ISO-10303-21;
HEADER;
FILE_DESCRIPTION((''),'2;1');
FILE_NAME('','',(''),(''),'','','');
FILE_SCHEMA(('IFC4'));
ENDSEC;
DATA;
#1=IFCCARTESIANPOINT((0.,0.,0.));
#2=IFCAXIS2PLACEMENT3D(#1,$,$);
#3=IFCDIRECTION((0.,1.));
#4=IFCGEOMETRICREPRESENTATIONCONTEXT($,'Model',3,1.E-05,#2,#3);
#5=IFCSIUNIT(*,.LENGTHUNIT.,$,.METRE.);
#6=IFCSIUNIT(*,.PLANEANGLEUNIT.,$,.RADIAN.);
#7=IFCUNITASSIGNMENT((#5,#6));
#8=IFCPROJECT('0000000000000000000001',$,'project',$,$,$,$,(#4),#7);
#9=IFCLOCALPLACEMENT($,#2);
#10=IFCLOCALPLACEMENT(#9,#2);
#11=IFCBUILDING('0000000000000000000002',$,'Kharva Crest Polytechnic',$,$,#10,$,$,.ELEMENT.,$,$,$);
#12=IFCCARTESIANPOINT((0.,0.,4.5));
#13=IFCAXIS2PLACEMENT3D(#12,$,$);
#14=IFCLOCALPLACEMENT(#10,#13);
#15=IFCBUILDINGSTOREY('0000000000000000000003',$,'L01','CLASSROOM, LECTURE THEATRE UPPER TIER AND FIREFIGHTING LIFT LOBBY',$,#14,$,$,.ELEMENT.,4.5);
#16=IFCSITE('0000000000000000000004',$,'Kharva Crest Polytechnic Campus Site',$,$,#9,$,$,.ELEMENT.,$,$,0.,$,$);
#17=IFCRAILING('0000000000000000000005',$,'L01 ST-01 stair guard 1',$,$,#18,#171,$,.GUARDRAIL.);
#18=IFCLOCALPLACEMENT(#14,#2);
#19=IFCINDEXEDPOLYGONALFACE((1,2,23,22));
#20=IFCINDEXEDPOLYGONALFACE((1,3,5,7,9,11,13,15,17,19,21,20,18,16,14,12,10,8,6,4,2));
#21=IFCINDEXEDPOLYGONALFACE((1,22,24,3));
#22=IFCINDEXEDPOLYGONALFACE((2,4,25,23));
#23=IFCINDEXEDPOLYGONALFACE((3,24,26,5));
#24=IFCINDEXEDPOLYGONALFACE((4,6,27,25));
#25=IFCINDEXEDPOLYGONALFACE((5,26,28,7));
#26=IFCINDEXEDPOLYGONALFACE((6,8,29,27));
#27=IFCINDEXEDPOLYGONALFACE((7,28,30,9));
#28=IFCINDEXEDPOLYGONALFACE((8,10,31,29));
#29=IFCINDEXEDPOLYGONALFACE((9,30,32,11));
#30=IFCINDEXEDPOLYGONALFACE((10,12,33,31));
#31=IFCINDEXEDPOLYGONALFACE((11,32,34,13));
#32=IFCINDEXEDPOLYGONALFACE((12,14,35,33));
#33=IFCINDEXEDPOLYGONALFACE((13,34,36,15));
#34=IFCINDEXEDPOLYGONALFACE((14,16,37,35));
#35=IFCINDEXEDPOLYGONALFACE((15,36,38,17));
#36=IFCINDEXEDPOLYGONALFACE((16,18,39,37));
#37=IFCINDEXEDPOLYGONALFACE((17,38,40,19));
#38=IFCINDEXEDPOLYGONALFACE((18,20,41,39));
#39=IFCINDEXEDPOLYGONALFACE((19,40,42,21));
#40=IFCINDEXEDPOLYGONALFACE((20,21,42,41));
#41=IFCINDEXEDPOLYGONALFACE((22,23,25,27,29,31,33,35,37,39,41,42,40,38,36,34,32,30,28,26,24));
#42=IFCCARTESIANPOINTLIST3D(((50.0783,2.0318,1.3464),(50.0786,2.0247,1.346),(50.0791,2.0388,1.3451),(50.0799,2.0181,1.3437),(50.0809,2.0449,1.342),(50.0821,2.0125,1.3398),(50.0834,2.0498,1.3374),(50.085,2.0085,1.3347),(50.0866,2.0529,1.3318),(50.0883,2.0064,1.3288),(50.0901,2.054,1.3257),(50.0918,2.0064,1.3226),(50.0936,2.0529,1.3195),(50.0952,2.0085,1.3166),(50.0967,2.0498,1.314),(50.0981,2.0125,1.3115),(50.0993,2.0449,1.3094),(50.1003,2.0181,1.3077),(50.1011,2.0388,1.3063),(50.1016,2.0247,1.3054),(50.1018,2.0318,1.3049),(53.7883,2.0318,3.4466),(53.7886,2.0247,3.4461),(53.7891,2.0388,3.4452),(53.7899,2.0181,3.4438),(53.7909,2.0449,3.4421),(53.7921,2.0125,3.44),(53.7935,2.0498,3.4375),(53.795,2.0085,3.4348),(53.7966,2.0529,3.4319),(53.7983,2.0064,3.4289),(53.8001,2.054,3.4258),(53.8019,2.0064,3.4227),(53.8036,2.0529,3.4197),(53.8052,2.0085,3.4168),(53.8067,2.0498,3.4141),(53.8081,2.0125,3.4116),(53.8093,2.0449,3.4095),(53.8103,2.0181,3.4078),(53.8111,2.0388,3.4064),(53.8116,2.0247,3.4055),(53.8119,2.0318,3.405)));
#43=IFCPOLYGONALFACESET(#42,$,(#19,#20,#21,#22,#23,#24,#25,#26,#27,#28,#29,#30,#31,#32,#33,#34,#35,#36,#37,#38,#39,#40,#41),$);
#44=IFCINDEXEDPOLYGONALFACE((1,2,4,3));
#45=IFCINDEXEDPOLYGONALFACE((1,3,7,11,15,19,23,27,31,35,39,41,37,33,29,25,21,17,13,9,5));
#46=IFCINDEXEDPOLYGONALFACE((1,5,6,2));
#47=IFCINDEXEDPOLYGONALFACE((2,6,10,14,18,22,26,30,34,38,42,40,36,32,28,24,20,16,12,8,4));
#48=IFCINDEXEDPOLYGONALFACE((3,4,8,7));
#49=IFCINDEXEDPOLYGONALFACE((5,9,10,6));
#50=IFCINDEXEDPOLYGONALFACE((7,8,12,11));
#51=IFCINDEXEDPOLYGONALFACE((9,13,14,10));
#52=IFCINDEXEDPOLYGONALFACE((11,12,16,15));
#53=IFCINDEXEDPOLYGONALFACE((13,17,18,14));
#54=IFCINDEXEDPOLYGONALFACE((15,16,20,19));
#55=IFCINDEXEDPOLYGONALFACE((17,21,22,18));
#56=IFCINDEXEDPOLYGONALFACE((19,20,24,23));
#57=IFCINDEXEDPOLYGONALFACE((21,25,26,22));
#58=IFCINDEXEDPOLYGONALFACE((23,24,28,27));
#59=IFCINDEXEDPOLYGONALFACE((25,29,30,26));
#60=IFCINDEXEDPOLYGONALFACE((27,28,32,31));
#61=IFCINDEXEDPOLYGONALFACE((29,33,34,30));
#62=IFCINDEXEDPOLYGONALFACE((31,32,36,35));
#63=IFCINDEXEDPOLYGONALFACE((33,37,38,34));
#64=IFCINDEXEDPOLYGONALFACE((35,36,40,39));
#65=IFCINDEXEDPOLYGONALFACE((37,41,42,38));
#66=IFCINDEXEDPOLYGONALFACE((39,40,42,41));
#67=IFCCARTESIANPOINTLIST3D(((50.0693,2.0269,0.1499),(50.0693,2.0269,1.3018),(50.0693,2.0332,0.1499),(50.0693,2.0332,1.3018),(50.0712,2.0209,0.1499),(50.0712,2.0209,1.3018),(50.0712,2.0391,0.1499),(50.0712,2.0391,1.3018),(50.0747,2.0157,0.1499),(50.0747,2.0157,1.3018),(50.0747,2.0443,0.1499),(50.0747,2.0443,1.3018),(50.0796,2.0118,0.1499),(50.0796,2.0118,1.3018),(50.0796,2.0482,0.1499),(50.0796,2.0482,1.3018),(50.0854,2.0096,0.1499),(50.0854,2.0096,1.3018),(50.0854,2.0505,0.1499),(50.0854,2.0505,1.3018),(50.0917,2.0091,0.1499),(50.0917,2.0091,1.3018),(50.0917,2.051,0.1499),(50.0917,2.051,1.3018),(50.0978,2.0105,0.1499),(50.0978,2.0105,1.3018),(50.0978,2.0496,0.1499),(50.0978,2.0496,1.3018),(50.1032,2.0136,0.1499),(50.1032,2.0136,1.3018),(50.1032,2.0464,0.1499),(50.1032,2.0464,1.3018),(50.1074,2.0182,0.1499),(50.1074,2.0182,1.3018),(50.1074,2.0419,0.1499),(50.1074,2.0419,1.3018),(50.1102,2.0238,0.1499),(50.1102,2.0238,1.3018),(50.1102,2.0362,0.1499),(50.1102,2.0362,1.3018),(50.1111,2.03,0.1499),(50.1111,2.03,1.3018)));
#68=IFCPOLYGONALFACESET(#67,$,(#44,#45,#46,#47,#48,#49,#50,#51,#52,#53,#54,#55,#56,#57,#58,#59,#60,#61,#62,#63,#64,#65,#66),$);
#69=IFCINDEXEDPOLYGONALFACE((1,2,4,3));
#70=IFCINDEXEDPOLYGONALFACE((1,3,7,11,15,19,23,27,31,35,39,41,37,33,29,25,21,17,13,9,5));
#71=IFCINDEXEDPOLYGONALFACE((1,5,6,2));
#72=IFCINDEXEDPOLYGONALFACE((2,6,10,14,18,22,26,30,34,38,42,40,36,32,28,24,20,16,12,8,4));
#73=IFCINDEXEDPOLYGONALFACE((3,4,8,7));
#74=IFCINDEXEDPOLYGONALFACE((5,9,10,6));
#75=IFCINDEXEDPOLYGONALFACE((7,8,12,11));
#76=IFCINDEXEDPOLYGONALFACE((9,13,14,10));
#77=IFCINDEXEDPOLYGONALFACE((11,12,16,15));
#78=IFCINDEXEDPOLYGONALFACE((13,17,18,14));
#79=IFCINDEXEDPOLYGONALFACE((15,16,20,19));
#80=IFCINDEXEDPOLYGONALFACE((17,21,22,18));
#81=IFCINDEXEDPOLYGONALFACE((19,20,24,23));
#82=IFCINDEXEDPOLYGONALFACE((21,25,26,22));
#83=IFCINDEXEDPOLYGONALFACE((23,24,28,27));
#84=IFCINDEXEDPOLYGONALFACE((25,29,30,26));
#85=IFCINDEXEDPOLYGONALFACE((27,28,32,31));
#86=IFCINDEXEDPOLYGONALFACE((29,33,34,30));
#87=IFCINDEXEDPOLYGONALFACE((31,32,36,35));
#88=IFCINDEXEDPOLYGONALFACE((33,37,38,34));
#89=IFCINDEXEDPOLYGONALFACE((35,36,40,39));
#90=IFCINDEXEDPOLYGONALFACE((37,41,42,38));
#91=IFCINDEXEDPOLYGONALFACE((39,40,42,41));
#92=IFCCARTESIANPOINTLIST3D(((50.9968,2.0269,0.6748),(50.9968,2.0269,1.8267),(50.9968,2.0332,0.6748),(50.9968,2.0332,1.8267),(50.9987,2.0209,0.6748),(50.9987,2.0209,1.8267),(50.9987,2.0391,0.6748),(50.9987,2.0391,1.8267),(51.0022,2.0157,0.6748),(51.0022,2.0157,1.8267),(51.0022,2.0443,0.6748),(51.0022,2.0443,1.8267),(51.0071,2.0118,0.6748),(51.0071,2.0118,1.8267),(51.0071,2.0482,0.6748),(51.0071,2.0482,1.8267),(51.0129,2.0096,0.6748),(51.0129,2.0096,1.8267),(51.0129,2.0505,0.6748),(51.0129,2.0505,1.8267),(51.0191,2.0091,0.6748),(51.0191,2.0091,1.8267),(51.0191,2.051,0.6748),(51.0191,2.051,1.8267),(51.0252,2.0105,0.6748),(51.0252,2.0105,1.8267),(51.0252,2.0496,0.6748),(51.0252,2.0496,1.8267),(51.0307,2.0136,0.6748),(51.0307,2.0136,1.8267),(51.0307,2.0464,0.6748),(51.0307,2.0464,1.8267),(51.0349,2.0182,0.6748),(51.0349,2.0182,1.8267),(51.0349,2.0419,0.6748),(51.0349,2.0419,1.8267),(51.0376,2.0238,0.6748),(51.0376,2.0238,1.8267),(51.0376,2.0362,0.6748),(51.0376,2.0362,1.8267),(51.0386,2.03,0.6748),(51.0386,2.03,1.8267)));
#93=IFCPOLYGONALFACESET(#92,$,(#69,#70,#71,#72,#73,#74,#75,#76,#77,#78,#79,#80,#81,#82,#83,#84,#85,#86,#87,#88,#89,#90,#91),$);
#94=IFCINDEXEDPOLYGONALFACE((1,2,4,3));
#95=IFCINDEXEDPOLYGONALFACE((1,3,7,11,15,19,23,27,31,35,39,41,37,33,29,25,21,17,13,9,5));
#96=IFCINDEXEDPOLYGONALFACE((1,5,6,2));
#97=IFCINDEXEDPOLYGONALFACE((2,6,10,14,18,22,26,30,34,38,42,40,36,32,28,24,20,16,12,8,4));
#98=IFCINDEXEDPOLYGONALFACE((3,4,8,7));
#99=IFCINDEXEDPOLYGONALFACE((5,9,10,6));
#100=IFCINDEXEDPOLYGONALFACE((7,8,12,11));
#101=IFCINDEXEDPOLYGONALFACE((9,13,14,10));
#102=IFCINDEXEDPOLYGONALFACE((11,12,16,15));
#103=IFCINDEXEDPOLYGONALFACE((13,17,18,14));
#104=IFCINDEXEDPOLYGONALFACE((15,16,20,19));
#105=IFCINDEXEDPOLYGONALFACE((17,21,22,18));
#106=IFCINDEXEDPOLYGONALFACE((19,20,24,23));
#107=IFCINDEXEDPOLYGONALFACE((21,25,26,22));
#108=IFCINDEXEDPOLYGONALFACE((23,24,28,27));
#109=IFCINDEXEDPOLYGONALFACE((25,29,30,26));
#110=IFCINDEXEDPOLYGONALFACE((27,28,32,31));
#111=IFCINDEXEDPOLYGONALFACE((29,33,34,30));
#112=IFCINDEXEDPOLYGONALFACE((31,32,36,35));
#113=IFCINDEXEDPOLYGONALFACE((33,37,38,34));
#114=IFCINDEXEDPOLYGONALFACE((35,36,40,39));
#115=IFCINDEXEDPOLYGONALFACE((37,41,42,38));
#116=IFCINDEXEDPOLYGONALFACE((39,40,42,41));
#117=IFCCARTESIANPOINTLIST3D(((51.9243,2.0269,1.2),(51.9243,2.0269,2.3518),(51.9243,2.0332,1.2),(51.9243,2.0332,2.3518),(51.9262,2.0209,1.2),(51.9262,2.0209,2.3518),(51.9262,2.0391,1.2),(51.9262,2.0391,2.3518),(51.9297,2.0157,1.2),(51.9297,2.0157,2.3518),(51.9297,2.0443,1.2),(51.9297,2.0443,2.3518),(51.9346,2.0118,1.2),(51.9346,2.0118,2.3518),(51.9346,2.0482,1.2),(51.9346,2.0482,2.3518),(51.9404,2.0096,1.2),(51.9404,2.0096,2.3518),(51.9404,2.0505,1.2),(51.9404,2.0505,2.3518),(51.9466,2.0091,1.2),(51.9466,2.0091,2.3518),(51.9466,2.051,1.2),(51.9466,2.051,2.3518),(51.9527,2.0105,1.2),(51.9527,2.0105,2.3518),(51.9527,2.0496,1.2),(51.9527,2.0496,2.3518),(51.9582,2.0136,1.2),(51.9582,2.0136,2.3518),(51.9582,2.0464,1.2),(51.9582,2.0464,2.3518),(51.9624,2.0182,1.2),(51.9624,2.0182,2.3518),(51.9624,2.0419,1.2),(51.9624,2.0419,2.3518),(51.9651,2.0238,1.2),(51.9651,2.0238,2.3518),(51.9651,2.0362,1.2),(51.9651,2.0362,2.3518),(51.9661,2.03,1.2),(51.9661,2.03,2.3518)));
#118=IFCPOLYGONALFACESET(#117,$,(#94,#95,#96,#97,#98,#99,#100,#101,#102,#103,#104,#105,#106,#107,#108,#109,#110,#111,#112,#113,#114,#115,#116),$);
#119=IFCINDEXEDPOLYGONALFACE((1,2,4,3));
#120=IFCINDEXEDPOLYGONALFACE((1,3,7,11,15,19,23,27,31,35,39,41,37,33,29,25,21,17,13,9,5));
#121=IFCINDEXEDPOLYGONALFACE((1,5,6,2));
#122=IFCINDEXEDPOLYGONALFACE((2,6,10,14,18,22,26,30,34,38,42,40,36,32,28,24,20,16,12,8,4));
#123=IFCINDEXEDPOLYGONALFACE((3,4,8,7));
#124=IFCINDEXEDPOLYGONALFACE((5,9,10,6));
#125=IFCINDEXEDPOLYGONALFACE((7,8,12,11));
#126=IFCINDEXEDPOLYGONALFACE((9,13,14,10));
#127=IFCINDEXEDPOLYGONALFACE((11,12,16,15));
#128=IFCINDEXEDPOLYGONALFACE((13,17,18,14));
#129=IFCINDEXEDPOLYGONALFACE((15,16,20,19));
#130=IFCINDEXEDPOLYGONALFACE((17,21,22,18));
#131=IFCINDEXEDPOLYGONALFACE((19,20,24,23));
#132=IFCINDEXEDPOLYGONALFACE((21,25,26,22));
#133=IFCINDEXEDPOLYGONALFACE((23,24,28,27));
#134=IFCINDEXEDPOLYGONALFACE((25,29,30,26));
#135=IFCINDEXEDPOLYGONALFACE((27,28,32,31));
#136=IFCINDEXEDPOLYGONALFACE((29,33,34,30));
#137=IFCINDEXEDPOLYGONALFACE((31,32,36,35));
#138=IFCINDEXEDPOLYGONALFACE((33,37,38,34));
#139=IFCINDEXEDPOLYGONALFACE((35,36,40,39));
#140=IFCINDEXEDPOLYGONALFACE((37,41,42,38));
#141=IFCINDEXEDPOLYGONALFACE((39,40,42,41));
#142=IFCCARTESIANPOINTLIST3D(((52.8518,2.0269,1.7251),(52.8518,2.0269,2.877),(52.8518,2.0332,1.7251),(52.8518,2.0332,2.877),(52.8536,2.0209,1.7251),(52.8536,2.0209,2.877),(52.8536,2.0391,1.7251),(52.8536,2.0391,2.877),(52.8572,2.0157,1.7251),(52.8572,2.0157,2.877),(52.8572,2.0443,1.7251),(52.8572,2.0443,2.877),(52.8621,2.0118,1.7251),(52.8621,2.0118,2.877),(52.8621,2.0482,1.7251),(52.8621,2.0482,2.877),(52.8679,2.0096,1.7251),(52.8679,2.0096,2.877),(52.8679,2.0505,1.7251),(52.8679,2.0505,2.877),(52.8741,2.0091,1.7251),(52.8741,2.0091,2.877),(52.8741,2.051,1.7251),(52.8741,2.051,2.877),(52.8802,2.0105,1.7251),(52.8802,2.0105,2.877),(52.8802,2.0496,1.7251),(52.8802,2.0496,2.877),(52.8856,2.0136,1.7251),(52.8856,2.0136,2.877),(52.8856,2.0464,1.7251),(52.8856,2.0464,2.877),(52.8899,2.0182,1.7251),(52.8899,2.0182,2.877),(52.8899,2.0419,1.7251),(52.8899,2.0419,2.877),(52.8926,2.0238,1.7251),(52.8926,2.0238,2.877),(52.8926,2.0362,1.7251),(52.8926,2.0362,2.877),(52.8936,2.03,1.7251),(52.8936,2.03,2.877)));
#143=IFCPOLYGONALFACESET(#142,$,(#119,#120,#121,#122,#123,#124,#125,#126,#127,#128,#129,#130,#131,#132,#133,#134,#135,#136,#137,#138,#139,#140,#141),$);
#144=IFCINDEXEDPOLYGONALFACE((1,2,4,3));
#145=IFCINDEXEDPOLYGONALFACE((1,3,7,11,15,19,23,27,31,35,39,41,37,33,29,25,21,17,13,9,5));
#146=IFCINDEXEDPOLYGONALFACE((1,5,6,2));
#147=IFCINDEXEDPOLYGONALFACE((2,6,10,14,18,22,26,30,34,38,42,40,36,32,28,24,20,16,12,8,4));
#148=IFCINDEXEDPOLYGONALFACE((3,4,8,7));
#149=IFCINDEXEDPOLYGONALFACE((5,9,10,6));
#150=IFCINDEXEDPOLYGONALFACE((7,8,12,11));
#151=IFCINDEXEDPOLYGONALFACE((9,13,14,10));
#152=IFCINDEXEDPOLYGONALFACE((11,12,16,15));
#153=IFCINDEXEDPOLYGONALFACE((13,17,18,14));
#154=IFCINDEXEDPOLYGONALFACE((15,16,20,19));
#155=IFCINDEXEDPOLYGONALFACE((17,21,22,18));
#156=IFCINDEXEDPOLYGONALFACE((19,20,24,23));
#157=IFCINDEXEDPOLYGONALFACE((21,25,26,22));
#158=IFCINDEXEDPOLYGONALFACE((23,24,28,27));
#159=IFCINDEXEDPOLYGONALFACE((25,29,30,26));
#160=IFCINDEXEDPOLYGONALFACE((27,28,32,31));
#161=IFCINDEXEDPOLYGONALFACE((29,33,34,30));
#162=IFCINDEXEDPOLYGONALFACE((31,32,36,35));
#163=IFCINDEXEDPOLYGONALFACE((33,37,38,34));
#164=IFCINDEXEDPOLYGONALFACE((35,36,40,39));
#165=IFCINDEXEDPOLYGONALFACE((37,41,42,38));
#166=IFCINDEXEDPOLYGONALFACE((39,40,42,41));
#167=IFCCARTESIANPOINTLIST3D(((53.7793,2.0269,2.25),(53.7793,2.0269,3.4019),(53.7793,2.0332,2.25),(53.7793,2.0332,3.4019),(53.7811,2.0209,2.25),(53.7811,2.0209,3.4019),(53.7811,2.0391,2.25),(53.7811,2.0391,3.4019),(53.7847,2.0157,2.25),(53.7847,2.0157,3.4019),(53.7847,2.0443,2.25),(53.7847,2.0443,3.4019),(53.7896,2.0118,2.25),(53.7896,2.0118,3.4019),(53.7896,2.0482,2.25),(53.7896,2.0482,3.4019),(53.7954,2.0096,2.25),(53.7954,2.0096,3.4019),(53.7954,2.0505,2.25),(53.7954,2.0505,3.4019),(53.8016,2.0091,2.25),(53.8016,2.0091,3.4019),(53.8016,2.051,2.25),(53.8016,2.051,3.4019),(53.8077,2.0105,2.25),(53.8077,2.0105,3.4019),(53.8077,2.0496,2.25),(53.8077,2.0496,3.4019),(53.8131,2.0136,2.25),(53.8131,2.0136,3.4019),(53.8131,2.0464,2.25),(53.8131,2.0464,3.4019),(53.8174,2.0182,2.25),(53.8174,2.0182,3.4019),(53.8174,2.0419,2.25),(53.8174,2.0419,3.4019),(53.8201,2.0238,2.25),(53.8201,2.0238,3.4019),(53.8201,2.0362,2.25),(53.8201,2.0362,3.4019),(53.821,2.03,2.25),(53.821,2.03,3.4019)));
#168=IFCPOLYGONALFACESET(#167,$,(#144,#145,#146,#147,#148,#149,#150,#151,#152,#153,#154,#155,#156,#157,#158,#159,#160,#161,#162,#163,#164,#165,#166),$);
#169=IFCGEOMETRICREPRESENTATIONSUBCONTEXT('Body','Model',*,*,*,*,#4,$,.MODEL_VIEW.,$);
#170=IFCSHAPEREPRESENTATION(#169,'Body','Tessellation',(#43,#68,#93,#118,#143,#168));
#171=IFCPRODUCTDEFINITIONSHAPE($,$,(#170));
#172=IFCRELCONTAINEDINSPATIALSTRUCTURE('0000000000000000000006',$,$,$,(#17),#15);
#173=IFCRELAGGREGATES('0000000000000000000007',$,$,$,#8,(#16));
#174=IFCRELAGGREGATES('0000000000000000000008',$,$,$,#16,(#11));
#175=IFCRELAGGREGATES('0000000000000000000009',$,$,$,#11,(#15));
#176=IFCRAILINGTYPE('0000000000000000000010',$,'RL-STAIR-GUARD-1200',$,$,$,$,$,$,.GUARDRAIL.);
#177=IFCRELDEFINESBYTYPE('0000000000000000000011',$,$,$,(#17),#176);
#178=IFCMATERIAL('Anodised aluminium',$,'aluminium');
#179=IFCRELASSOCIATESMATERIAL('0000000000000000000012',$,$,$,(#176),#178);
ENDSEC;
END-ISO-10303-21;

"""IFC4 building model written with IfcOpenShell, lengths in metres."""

from ifc_helpers import new_model, si_unit, direction, frame, origin, origin_2d, place, context, subcontext, project, spatial, circle, extrude, material, type_object, element, save


model = new_model("IFC4")

# Units and contexts
model_context = context("Model", 3, precision=1e-05, world=origin(), true_north=direction((0.0, 1.0)))
body_context = subcontext(model_context, "Body", "Model", "MODEL_VIEW")
ifc_project = project(units=[si_unit("LENGTHUNIT", "METRE"), si_unit("PLANEANGLEUNIT", "RADIAN")], contexts=[model_context])

# Site, building, storey
site_placement = place(None, origin())
site = spatial("IfcSite", under=ifc_project, at=site_placement, Name="Kharva Crest Polytechnic Campus Site", CompositionType="ELEMENT", RefElevation=0.0)
building_placement = place(site_placement, origin())
building = spatial("IfcBuilding", under=site, at=building_placement, Name="Kharva Crest Polytechnic", CompositionType="ELEMENT")
storey_placement = place(building_placement, frame((0.0, 0.0, 4.5)))
storey = spatial("IfcBuildingStorey", under=building, at=storey_placement, Name="L01", Description="CLASSROOM, LECTURE THEATRE UPPER TIER AND FIREFIGHTING LIFT LOBBY", CompositionType="ELEMENT", Elevation=4.5)

# Railing
ifc_material_1 = material(Name="Anodised aluminium", Category="aluminium")
railing_type_1 = type_object("IfcRailingType", Name="RL-STAIR-GUARD-1200", PredefinedType="GUARDRAIL", material=ifc_material_1)
railing_1_placement = place(storey_placement, frame((50.0901, 2.03, 0.1499)))
element("IfcRailing", 1, at=railing_1_placement, inside=storey, type_object=railing_type_1, Name="L01 ST-01 stair guard 1", PredefinedType="GUARDRAIL", context=body_context, shape_type="SweptSolid", body=[
    extrude(circle(Radius=0.0239, at=origin_2d()), frame((0.0, 0.0, 1.1758), z_axis=(0.870245, 0.0, 0.492619), x_axis=(0.0, 1.0, 0.0)), (0.0, 0.0, 1.0), 4.2632),
    extrude(circle(Radius=0.021, at=origin_2d()), origin(), (0.0, 0.0, 1.0), 1.1519),
    extrude(circle(Radius=0.021, at=origin_2d()), frame((0.9275, 0.0, 0.5249)), (0.0, 0.0, 1.0), 1.1519),
    extrude(circle(Radius=0.021, at=origin_2d()), frame((1.855, 0.0, 1.05)), (0.0, 0.0, 1.0), 1.1519),
    extrude(circle(Radius=0.021, at=origin_2d()), frame((2.7825, 0.0, 1.5752)), (0.0, 0.0, 1.0), 1.1519),
    extrude(circle(Radius=0.021, at=origin_2d()), frame((3.71, 0.0, 2.1001)), (0.0, 0.0, 1.0), 1.1519),
])

save(model, "model.ifc")
